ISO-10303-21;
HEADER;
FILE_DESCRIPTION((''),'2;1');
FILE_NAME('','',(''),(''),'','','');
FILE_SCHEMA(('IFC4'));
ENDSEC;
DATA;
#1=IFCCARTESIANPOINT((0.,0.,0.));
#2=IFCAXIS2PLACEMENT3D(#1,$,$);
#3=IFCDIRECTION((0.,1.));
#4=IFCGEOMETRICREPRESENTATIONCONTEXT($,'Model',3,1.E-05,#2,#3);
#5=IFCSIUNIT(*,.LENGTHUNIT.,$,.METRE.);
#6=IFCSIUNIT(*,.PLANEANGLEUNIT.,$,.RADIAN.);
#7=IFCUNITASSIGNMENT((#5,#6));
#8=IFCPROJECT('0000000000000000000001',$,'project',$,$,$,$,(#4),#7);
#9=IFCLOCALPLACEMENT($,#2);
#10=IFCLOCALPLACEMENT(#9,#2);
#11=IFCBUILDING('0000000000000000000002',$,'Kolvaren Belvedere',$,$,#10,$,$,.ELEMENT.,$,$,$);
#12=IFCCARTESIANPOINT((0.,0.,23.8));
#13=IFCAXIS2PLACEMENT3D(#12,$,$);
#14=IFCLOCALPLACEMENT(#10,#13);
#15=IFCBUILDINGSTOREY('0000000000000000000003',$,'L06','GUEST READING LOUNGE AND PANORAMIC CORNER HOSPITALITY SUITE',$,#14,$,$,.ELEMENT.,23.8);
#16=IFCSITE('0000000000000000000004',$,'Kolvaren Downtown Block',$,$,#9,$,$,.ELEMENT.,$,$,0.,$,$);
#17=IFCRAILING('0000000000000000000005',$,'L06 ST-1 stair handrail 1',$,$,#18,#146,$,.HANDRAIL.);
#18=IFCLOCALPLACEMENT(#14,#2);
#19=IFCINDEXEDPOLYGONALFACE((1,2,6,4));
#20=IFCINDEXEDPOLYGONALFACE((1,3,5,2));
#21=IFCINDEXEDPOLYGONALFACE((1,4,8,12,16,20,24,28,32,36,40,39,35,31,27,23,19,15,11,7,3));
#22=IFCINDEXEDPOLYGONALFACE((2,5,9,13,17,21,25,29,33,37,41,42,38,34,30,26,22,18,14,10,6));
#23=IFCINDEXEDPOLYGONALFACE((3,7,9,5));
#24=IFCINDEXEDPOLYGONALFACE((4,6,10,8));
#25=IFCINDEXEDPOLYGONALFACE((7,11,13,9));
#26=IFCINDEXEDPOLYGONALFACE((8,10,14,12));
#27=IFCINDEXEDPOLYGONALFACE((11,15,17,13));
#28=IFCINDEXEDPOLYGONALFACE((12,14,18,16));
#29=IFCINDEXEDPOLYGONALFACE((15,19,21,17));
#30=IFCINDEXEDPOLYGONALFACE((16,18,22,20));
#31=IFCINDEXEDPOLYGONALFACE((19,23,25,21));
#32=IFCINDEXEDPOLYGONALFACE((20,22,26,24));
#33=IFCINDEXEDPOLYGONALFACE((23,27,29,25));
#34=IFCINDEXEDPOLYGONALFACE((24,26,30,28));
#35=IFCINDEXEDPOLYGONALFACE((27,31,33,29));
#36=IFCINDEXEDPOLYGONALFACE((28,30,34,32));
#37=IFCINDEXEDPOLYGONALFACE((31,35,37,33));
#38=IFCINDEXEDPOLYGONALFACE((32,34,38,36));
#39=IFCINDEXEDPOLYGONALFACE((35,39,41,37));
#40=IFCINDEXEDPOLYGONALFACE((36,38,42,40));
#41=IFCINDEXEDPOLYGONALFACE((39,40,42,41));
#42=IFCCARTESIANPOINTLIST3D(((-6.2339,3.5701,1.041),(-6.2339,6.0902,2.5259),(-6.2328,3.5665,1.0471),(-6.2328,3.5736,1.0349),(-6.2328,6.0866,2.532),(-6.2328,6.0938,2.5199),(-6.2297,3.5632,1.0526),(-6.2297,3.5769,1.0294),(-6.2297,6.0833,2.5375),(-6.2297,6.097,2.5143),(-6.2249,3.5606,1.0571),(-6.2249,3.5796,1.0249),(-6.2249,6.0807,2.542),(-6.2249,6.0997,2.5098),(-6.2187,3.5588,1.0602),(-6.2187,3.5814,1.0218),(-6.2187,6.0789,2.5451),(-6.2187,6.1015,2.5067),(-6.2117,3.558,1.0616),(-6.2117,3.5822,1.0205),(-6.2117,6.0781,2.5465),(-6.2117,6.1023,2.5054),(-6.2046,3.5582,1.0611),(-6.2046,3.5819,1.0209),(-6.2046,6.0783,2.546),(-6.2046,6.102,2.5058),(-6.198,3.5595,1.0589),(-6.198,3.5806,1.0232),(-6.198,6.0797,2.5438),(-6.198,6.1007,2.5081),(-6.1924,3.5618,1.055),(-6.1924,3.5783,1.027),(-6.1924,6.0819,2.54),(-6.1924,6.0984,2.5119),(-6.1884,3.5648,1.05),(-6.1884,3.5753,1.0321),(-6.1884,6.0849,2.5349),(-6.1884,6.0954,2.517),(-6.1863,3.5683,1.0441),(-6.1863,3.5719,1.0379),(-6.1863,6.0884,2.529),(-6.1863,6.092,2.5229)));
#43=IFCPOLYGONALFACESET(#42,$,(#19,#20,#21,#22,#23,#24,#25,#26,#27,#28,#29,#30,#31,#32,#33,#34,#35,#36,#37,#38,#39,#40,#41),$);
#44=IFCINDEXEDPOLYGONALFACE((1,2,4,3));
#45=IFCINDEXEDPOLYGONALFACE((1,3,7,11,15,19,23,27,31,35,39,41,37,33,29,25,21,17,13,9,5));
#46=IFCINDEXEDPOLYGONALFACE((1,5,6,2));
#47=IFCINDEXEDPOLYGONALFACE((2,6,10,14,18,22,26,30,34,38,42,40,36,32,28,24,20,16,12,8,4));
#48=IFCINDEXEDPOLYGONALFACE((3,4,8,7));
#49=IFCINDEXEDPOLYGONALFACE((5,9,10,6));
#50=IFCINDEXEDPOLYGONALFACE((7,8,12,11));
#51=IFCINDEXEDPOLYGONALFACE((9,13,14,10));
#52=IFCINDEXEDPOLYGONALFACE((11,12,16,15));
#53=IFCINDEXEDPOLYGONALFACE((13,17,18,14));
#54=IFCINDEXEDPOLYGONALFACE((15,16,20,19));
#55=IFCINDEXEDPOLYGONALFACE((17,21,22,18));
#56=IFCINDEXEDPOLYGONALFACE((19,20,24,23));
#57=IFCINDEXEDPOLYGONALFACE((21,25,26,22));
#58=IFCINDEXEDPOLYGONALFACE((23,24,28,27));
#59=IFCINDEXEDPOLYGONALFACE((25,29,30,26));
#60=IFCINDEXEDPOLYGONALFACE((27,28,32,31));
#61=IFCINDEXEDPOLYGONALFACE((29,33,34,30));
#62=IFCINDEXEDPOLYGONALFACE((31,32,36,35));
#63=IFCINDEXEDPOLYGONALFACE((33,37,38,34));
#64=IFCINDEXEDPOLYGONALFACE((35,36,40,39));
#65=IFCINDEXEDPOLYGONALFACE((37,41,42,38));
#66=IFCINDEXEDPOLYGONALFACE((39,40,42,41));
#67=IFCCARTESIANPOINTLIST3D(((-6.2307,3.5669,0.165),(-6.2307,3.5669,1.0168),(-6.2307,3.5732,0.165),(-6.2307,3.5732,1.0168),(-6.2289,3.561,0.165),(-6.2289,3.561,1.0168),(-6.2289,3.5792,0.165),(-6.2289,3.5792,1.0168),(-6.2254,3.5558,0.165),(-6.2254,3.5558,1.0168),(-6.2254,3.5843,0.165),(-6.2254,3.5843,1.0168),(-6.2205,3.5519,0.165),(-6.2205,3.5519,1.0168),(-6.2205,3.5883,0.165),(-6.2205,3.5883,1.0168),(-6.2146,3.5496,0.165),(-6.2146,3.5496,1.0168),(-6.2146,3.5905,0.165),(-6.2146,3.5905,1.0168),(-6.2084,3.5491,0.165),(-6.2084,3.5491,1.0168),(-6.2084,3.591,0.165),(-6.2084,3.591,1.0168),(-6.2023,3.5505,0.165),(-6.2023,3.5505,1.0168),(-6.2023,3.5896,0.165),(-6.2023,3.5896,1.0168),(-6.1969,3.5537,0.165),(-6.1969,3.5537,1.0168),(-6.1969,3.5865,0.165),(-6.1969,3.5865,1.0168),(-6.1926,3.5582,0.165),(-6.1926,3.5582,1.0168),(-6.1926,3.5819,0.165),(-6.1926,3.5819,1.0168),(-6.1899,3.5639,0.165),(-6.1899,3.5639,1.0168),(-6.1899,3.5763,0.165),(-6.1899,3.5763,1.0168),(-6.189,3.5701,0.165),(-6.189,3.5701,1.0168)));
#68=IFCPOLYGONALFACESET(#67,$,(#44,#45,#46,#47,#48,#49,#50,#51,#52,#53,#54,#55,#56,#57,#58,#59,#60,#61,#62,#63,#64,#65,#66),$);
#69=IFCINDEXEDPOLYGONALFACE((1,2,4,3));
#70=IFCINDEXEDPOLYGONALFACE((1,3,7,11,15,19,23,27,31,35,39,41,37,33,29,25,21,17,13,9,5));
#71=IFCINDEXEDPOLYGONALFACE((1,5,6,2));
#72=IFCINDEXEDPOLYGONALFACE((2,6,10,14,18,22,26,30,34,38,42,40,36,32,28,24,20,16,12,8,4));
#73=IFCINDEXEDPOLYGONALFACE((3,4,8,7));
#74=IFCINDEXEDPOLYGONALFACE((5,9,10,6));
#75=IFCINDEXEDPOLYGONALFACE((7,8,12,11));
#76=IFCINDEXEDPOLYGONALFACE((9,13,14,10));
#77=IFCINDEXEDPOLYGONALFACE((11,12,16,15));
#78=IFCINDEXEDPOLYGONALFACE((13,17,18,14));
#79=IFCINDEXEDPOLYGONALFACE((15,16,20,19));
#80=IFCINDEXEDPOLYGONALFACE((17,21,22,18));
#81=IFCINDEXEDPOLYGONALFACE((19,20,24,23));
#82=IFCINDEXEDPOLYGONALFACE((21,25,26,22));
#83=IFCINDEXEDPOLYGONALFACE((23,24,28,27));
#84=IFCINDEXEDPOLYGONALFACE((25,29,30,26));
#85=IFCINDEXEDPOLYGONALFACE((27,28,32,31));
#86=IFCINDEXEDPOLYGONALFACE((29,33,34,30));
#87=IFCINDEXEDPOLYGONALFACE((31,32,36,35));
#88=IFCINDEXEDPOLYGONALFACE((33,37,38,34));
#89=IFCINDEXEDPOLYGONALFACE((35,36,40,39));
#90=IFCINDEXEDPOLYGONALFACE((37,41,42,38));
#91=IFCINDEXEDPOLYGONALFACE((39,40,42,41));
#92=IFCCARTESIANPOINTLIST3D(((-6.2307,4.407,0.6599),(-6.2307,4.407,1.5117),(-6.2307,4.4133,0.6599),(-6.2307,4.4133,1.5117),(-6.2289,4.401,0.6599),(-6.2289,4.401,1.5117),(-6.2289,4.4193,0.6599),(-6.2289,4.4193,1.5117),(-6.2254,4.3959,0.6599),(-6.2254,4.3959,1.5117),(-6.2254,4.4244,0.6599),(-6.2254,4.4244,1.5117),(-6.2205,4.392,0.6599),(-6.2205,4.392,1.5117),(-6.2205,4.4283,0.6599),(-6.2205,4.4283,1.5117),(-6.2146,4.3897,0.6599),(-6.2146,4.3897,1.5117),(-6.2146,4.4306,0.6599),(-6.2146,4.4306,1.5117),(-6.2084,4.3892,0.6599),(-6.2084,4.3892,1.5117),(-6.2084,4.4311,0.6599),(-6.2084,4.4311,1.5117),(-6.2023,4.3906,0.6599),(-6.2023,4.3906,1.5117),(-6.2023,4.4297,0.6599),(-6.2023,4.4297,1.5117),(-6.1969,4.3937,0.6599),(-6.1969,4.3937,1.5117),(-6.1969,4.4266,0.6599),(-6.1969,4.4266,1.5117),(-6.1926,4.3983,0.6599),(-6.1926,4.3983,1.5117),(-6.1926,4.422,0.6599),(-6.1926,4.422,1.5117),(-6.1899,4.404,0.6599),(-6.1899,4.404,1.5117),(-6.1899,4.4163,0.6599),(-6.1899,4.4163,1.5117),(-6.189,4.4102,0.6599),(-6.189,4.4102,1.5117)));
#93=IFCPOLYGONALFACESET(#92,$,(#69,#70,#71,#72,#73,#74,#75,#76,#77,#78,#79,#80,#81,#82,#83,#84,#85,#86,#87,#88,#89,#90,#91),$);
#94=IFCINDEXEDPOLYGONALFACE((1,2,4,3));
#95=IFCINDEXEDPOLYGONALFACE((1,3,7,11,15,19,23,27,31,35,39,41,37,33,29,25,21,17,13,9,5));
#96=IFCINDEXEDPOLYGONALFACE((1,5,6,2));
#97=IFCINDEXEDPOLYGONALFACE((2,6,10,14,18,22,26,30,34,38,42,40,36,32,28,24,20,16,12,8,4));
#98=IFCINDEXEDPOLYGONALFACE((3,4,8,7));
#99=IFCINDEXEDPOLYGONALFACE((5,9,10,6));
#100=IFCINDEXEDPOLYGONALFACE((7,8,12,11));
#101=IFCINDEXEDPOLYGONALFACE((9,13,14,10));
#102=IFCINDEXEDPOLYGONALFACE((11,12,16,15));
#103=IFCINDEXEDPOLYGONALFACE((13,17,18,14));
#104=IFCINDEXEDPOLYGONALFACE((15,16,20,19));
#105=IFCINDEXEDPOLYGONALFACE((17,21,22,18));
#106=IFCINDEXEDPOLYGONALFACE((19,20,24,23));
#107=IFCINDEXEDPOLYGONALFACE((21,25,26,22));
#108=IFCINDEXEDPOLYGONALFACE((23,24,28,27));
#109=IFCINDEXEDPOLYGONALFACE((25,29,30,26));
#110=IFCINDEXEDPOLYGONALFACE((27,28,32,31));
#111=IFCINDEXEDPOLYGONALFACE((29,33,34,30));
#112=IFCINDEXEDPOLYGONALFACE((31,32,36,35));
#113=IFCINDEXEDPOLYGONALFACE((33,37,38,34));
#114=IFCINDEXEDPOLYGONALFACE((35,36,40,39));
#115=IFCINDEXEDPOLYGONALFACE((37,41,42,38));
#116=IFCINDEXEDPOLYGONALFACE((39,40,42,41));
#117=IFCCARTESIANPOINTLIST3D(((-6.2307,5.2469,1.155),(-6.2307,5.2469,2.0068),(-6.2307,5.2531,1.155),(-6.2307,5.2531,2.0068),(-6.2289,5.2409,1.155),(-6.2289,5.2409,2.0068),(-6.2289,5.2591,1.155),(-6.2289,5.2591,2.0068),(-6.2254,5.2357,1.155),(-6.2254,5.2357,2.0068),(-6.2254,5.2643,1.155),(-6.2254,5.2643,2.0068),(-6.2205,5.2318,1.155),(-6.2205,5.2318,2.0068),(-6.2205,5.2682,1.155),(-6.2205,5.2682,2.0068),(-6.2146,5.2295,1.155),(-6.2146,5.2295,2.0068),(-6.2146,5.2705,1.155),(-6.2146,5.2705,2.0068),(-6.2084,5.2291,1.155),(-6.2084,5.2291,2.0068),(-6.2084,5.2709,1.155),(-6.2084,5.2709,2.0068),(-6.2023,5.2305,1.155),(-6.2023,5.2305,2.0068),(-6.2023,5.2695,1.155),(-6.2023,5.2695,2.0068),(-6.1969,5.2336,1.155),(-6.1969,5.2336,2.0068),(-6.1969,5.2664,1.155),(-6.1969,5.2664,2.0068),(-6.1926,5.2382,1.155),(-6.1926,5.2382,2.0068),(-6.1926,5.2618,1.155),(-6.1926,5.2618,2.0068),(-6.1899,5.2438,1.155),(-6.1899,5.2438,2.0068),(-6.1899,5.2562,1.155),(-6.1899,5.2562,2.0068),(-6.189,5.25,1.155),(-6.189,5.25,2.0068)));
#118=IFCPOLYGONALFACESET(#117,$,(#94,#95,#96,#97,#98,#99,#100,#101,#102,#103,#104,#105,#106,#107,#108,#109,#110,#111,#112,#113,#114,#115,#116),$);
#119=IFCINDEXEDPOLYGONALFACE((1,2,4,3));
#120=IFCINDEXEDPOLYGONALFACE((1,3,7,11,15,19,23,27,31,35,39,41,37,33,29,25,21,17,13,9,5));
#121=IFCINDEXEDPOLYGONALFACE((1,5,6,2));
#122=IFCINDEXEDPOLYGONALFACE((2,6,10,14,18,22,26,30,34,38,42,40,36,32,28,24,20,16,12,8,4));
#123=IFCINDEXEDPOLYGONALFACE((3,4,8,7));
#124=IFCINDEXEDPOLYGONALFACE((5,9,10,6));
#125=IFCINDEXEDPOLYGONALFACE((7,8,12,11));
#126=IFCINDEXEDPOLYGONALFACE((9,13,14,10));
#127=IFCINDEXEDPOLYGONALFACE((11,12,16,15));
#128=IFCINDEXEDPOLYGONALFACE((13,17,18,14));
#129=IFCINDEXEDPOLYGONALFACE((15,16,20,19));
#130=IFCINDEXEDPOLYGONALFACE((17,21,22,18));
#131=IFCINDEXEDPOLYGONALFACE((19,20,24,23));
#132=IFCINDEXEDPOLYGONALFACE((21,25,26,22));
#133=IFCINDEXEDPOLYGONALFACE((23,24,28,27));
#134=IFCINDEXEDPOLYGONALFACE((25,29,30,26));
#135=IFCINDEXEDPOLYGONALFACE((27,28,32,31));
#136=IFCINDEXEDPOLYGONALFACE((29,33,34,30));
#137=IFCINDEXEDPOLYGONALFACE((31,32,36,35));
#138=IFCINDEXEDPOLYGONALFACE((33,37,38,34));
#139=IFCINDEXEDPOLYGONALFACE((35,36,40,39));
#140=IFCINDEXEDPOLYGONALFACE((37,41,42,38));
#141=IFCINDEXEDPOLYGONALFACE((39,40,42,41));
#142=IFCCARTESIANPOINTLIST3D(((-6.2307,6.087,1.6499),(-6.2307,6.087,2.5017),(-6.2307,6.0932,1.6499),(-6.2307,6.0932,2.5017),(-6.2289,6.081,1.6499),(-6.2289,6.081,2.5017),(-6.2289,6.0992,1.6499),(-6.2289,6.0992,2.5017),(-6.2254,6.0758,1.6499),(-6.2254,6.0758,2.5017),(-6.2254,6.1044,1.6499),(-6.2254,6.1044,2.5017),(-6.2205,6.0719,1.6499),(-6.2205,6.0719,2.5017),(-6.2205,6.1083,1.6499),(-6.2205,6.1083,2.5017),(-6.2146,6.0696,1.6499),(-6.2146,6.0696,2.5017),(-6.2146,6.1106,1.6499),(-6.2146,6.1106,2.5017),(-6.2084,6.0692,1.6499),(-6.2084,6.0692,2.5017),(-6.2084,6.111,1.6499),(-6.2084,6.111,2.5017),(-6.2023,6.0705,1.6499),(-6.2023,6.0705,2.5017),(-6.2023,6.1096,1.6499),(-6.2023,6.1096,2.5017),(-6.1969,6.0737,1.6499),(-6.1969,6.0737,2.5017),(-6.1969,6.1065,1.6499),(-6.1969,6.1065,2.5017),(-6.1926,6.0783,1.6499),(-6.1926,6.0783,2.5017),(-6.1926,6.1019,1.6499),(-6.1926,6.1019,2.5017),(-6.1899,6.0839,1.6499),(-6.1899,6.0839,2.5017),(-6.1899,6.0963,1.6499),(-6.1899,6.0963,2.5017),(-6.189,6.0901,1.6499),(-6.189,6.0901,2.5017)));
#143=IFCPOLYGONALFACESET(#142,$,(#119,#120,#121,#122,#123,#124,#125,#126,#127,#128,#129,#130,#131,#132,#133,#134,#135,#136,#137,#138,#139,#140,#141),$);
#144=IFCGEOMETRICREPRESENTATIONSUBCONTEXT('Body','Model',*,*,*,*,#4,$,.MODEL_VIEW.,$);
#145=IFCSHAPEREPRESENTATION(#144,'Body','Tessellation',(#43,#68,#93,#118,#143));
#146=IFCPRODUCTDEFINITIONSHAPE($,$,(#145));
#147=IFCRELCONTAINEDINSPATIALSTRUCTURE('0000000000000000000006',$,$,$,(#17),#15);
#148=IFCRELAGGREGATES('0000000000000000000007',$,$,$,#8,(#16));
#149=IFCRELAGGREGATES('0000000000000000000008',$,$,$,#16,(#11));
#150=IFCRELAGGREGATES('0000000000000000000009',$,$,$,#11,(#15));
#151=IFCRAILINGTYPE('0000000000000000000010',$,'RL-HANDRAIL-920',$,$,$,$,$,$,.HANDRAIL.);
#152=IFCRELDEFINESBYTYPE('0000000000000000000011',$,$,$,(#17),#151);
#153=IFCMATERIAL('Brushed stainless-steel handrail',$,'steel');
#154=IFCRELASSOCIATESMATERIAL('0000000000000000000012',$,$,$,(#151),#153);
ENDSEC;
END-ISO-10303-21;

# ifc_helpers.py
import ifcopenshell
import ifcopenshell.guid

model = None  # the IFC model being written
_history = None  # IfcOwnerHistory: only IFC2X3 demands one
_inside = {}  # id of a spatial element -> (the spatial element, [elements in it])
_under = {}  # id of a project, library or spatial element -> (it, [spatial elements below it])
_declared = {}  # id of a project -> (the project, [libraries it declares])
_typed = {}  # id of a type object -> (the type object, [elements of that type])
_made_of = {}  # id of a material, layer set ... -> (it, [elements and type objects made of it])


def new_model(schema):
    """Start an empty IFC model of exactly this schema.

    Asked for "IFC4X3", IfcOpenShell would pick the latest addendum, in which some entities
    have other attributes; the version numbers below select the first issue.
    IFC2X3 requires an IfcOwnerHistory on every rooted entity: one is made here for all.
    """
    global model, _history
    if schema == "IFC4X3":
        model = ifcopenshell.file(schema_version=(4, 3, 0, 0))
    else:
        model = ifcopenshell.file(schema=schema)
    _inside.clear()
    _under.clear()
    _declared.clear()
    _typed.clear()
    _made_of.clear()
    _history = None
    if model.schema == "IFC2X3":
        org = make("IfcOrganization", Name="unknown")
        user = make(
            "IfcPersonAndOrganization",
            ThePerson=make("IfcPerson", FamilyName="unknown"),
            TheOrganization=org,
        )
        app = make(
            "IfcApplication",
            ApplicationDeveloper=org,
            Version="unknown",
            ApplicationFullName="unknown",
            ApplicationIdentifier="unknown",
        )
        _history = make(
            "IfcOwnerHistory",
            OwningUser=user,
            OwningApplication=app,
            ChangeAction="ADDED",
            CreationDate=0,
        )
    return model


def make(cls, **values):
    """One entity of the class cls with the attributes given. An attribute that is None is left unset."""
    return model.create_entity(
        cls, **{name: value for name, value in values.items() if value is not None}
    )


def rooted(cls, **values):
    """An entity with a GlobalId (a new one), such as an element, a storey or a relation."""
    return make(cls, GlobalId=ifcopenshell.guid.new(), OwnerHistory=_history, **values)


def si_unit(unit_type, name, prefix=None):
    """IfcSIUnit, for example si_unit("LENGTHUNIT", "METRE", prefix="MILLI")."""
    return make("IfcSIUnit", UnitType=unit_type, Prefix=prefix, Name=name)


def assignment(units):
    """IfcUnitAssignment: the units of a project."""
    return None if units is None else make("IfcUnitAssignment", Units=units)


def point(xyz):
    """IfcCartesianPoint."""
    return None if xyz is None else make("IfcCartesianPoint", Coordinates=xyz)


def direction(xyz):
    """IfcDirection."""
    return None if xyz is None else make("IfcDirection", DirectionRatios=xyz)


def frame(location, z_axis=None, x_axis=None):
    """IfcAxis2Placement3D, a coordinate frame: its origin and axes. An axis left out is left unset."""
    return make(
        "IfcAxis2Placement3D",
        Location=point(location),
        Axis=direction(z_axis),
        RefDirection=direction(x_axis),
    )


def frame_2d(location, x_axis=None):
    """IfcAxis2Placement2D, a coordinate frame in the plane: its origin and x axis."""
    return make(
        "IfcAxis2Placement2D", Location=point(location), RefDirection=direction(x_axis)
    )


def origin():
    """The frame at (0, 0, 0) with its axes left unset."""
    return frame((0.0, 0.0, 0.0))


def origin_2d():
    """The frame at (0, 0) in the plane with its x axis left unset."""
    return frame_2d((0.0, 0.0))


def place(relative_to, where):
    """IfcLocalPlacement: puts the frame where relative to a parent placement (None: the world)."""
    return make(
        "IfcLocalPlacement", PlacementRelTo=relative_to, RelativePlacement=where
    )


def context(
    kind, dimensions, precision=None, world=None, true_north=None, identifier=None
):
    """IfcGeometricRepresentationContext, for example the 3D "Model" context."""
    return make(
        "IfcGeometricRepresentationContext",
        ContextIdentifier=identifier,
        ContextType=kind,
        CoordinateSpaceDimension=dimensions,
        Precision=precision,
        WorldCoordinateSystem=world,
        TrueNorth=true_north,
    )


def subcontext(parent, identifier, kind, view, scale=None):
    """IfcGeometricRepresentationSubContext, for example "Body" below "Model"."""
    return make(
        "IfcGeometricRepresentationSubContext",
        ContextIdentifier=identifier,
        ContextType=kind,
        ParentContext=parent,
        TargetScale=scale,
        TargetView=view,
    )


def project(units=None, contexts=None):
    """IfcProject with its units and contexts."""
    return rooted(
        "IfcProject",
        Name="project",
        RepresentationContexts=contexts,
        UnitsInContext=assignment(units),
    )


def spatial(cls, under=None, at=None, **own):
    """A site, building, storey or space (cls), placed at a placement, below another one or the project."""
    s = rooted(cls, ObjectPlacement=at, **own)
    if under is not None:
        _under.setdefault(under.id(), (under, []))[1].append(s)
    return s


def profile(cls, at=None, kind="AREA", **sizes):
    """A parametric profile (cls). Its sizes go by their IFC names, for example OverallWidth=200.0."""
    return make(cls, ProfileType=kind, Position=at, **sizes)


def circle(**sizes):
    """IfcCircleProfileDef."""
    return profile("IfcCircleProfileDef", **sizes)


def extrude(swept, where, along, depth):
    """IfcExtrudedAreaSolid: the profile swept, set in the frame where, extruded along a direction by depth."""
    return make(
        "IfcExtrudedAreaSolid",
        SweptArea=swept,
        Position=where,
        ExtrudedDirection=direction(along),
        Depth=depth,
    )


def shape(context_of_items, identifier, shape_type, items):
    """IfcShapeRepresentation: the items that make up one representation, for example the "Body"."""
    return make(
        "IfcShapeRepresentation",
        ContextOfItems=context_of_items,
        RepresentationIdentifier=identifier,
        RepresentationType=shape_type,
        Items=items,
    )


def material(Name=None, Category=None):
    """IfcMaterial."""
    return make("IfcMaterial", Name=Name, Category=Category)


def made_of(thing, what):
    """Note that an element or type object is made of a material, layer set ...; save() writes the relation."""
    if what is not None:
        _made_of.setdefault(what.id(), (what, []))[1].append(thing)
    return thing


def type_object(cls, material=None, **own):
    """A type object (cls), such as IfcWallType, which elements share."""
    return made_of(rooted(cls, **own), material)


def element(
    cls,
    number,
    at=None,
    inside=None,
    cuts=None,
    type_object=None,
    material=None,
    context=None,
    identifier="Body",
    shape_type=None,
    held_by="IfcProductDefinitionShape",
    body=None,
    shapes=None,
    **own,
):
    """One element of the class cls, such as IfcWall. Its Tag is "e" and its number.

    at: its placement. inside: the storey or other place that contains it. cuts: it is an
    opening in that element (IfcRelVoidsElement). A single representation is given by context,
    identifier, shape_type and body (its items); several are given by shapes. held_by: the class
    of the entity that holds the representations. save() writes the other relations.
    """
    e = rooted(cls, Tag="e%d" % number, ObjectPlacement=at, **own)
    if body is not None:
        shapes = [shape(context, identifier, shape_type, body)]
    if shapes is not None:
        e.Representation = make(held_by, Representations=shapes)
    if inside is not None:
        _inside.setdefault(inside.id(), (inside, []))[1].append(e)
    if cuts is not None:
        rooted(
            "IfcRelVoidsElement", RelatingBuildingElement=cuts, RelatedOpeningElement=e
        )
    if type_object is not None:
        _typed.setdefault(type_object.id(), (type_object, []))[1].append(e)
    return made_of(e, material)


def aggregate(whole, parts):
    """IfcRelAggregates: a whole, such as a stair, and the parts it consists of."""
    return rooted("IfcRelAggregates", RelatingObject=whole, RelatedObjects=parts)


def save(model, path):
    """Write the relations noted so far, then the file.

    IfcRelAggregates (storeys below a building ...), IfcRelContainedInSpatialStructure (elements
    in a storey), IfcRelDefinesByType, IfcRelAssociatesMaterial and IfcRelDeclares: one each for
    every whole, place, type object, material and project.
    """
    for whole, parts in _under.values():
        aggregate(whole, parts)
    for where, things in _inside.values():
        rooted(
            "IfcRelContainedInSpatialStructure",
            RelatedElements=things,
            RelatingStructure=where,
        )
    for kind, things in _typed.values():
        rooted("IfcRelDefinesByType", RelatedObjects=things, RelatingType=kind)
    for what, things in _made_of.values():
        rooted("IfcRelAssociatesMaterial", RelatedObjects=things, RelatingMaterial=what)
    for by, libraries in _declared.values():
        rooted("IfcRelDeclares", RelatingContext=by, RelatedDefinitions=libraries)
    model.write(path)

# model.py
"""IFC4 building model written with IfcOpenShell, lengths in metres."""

from ifc_helpers import new_model, si_unit, direction, frame, origin, origin_2d, place, context, subcontext, project, spatial, circle, extrude, material, type_object, element, save


model = new_model("IFC4")

# Units and contexts
model_context = context("Model", 3, precision=1e-05, world=origin(), true_north=direction((0.0, 1.0)))
body_context = subcontext(model_context, "Body", "Model", "MODEL_VIEW")
ifc_project = project(units=[si_unit("LENGTHUNIT", "METRE"), si_unit("PLANEANGLEUNIT", "RADIAN")], contexts=[model_context])

# Site, building, storey
site_placement = place(None, origin())
site = spatial("IfcSite", under=ifc_project, at=site_placement, Name="Kolvaren Downtown Block", CompositionType="ELEMENT", RefElevation=0.0)
building_placement = place(site_placement, origin())
building = spatial("IfcBuilding", under=site, at=building_placement, Name="Kolvaren Belvedere", CompositionType="ELEMENT")
storey_placement = place(building_placement, frame((0.0, 0.0, 23.8)))
storey = spatial("IfcBuildingStorey", under=building, at=storey_placement, Name="L06", Description="GUEST READING LOUNGE AND PANORAMIC CORNER HOSPITALITY SUITE", CompositionType="ELEMENT", Elevation=23.8)

# Railing
ifc_material_1 = material(Name="Brushed stainless-steel handrail", Category="steel")
railing_type_1 = type_object("IfcRailingType", Name="RL-HANDRAIL-920", PredefinedType="HANDRAIL", material=ifc_material_1)
railing_1_placement = place(storey_placement, frame((-6.21, 3.5701, 0.165)))
element("IfcRailing", 1, at=railing_1_placement, inside=storey, type_object=railing_type_1, Name="L06 ST-1 stair handrail 1", PredefinedType="HANDRAIL", context=body_context, shape_type="SweptSolid", body=[
    extrude(circle(Radius=0.0239, at=origin_2d()), frame((0.0, 0.0, 0.876), z_axis=(0.0, 0.861561, 0.507655), x_axis=(-1.0, 0.0, 0.0)), (0.0, 0.0, 1.0), 2.925),
    extrude(circle(Radius=0.021, at=origin_2d()), origin(), (0.0, 0.0, 1.0), 0.8518),
    extrude(circle(Radius=0.021, at=origin_2d()), frame((0.0, 0.8401, 0.4949)), (0.0, 0.0, 1.0), 0.8518),
    extrude(circle(Radius=0.021, at=origin_2d()), frame((0.0, 1.6799, 0.99)), (0.0, 0.0, 1.0), 0.8518),
    extrude(circle(Radius=0.021, at=origin_2d()), frame((0.0, 2.52, 1.4849)), (0.0, 0.0, 1.0), 0.8518),
])

save(model, "model.ifc")
